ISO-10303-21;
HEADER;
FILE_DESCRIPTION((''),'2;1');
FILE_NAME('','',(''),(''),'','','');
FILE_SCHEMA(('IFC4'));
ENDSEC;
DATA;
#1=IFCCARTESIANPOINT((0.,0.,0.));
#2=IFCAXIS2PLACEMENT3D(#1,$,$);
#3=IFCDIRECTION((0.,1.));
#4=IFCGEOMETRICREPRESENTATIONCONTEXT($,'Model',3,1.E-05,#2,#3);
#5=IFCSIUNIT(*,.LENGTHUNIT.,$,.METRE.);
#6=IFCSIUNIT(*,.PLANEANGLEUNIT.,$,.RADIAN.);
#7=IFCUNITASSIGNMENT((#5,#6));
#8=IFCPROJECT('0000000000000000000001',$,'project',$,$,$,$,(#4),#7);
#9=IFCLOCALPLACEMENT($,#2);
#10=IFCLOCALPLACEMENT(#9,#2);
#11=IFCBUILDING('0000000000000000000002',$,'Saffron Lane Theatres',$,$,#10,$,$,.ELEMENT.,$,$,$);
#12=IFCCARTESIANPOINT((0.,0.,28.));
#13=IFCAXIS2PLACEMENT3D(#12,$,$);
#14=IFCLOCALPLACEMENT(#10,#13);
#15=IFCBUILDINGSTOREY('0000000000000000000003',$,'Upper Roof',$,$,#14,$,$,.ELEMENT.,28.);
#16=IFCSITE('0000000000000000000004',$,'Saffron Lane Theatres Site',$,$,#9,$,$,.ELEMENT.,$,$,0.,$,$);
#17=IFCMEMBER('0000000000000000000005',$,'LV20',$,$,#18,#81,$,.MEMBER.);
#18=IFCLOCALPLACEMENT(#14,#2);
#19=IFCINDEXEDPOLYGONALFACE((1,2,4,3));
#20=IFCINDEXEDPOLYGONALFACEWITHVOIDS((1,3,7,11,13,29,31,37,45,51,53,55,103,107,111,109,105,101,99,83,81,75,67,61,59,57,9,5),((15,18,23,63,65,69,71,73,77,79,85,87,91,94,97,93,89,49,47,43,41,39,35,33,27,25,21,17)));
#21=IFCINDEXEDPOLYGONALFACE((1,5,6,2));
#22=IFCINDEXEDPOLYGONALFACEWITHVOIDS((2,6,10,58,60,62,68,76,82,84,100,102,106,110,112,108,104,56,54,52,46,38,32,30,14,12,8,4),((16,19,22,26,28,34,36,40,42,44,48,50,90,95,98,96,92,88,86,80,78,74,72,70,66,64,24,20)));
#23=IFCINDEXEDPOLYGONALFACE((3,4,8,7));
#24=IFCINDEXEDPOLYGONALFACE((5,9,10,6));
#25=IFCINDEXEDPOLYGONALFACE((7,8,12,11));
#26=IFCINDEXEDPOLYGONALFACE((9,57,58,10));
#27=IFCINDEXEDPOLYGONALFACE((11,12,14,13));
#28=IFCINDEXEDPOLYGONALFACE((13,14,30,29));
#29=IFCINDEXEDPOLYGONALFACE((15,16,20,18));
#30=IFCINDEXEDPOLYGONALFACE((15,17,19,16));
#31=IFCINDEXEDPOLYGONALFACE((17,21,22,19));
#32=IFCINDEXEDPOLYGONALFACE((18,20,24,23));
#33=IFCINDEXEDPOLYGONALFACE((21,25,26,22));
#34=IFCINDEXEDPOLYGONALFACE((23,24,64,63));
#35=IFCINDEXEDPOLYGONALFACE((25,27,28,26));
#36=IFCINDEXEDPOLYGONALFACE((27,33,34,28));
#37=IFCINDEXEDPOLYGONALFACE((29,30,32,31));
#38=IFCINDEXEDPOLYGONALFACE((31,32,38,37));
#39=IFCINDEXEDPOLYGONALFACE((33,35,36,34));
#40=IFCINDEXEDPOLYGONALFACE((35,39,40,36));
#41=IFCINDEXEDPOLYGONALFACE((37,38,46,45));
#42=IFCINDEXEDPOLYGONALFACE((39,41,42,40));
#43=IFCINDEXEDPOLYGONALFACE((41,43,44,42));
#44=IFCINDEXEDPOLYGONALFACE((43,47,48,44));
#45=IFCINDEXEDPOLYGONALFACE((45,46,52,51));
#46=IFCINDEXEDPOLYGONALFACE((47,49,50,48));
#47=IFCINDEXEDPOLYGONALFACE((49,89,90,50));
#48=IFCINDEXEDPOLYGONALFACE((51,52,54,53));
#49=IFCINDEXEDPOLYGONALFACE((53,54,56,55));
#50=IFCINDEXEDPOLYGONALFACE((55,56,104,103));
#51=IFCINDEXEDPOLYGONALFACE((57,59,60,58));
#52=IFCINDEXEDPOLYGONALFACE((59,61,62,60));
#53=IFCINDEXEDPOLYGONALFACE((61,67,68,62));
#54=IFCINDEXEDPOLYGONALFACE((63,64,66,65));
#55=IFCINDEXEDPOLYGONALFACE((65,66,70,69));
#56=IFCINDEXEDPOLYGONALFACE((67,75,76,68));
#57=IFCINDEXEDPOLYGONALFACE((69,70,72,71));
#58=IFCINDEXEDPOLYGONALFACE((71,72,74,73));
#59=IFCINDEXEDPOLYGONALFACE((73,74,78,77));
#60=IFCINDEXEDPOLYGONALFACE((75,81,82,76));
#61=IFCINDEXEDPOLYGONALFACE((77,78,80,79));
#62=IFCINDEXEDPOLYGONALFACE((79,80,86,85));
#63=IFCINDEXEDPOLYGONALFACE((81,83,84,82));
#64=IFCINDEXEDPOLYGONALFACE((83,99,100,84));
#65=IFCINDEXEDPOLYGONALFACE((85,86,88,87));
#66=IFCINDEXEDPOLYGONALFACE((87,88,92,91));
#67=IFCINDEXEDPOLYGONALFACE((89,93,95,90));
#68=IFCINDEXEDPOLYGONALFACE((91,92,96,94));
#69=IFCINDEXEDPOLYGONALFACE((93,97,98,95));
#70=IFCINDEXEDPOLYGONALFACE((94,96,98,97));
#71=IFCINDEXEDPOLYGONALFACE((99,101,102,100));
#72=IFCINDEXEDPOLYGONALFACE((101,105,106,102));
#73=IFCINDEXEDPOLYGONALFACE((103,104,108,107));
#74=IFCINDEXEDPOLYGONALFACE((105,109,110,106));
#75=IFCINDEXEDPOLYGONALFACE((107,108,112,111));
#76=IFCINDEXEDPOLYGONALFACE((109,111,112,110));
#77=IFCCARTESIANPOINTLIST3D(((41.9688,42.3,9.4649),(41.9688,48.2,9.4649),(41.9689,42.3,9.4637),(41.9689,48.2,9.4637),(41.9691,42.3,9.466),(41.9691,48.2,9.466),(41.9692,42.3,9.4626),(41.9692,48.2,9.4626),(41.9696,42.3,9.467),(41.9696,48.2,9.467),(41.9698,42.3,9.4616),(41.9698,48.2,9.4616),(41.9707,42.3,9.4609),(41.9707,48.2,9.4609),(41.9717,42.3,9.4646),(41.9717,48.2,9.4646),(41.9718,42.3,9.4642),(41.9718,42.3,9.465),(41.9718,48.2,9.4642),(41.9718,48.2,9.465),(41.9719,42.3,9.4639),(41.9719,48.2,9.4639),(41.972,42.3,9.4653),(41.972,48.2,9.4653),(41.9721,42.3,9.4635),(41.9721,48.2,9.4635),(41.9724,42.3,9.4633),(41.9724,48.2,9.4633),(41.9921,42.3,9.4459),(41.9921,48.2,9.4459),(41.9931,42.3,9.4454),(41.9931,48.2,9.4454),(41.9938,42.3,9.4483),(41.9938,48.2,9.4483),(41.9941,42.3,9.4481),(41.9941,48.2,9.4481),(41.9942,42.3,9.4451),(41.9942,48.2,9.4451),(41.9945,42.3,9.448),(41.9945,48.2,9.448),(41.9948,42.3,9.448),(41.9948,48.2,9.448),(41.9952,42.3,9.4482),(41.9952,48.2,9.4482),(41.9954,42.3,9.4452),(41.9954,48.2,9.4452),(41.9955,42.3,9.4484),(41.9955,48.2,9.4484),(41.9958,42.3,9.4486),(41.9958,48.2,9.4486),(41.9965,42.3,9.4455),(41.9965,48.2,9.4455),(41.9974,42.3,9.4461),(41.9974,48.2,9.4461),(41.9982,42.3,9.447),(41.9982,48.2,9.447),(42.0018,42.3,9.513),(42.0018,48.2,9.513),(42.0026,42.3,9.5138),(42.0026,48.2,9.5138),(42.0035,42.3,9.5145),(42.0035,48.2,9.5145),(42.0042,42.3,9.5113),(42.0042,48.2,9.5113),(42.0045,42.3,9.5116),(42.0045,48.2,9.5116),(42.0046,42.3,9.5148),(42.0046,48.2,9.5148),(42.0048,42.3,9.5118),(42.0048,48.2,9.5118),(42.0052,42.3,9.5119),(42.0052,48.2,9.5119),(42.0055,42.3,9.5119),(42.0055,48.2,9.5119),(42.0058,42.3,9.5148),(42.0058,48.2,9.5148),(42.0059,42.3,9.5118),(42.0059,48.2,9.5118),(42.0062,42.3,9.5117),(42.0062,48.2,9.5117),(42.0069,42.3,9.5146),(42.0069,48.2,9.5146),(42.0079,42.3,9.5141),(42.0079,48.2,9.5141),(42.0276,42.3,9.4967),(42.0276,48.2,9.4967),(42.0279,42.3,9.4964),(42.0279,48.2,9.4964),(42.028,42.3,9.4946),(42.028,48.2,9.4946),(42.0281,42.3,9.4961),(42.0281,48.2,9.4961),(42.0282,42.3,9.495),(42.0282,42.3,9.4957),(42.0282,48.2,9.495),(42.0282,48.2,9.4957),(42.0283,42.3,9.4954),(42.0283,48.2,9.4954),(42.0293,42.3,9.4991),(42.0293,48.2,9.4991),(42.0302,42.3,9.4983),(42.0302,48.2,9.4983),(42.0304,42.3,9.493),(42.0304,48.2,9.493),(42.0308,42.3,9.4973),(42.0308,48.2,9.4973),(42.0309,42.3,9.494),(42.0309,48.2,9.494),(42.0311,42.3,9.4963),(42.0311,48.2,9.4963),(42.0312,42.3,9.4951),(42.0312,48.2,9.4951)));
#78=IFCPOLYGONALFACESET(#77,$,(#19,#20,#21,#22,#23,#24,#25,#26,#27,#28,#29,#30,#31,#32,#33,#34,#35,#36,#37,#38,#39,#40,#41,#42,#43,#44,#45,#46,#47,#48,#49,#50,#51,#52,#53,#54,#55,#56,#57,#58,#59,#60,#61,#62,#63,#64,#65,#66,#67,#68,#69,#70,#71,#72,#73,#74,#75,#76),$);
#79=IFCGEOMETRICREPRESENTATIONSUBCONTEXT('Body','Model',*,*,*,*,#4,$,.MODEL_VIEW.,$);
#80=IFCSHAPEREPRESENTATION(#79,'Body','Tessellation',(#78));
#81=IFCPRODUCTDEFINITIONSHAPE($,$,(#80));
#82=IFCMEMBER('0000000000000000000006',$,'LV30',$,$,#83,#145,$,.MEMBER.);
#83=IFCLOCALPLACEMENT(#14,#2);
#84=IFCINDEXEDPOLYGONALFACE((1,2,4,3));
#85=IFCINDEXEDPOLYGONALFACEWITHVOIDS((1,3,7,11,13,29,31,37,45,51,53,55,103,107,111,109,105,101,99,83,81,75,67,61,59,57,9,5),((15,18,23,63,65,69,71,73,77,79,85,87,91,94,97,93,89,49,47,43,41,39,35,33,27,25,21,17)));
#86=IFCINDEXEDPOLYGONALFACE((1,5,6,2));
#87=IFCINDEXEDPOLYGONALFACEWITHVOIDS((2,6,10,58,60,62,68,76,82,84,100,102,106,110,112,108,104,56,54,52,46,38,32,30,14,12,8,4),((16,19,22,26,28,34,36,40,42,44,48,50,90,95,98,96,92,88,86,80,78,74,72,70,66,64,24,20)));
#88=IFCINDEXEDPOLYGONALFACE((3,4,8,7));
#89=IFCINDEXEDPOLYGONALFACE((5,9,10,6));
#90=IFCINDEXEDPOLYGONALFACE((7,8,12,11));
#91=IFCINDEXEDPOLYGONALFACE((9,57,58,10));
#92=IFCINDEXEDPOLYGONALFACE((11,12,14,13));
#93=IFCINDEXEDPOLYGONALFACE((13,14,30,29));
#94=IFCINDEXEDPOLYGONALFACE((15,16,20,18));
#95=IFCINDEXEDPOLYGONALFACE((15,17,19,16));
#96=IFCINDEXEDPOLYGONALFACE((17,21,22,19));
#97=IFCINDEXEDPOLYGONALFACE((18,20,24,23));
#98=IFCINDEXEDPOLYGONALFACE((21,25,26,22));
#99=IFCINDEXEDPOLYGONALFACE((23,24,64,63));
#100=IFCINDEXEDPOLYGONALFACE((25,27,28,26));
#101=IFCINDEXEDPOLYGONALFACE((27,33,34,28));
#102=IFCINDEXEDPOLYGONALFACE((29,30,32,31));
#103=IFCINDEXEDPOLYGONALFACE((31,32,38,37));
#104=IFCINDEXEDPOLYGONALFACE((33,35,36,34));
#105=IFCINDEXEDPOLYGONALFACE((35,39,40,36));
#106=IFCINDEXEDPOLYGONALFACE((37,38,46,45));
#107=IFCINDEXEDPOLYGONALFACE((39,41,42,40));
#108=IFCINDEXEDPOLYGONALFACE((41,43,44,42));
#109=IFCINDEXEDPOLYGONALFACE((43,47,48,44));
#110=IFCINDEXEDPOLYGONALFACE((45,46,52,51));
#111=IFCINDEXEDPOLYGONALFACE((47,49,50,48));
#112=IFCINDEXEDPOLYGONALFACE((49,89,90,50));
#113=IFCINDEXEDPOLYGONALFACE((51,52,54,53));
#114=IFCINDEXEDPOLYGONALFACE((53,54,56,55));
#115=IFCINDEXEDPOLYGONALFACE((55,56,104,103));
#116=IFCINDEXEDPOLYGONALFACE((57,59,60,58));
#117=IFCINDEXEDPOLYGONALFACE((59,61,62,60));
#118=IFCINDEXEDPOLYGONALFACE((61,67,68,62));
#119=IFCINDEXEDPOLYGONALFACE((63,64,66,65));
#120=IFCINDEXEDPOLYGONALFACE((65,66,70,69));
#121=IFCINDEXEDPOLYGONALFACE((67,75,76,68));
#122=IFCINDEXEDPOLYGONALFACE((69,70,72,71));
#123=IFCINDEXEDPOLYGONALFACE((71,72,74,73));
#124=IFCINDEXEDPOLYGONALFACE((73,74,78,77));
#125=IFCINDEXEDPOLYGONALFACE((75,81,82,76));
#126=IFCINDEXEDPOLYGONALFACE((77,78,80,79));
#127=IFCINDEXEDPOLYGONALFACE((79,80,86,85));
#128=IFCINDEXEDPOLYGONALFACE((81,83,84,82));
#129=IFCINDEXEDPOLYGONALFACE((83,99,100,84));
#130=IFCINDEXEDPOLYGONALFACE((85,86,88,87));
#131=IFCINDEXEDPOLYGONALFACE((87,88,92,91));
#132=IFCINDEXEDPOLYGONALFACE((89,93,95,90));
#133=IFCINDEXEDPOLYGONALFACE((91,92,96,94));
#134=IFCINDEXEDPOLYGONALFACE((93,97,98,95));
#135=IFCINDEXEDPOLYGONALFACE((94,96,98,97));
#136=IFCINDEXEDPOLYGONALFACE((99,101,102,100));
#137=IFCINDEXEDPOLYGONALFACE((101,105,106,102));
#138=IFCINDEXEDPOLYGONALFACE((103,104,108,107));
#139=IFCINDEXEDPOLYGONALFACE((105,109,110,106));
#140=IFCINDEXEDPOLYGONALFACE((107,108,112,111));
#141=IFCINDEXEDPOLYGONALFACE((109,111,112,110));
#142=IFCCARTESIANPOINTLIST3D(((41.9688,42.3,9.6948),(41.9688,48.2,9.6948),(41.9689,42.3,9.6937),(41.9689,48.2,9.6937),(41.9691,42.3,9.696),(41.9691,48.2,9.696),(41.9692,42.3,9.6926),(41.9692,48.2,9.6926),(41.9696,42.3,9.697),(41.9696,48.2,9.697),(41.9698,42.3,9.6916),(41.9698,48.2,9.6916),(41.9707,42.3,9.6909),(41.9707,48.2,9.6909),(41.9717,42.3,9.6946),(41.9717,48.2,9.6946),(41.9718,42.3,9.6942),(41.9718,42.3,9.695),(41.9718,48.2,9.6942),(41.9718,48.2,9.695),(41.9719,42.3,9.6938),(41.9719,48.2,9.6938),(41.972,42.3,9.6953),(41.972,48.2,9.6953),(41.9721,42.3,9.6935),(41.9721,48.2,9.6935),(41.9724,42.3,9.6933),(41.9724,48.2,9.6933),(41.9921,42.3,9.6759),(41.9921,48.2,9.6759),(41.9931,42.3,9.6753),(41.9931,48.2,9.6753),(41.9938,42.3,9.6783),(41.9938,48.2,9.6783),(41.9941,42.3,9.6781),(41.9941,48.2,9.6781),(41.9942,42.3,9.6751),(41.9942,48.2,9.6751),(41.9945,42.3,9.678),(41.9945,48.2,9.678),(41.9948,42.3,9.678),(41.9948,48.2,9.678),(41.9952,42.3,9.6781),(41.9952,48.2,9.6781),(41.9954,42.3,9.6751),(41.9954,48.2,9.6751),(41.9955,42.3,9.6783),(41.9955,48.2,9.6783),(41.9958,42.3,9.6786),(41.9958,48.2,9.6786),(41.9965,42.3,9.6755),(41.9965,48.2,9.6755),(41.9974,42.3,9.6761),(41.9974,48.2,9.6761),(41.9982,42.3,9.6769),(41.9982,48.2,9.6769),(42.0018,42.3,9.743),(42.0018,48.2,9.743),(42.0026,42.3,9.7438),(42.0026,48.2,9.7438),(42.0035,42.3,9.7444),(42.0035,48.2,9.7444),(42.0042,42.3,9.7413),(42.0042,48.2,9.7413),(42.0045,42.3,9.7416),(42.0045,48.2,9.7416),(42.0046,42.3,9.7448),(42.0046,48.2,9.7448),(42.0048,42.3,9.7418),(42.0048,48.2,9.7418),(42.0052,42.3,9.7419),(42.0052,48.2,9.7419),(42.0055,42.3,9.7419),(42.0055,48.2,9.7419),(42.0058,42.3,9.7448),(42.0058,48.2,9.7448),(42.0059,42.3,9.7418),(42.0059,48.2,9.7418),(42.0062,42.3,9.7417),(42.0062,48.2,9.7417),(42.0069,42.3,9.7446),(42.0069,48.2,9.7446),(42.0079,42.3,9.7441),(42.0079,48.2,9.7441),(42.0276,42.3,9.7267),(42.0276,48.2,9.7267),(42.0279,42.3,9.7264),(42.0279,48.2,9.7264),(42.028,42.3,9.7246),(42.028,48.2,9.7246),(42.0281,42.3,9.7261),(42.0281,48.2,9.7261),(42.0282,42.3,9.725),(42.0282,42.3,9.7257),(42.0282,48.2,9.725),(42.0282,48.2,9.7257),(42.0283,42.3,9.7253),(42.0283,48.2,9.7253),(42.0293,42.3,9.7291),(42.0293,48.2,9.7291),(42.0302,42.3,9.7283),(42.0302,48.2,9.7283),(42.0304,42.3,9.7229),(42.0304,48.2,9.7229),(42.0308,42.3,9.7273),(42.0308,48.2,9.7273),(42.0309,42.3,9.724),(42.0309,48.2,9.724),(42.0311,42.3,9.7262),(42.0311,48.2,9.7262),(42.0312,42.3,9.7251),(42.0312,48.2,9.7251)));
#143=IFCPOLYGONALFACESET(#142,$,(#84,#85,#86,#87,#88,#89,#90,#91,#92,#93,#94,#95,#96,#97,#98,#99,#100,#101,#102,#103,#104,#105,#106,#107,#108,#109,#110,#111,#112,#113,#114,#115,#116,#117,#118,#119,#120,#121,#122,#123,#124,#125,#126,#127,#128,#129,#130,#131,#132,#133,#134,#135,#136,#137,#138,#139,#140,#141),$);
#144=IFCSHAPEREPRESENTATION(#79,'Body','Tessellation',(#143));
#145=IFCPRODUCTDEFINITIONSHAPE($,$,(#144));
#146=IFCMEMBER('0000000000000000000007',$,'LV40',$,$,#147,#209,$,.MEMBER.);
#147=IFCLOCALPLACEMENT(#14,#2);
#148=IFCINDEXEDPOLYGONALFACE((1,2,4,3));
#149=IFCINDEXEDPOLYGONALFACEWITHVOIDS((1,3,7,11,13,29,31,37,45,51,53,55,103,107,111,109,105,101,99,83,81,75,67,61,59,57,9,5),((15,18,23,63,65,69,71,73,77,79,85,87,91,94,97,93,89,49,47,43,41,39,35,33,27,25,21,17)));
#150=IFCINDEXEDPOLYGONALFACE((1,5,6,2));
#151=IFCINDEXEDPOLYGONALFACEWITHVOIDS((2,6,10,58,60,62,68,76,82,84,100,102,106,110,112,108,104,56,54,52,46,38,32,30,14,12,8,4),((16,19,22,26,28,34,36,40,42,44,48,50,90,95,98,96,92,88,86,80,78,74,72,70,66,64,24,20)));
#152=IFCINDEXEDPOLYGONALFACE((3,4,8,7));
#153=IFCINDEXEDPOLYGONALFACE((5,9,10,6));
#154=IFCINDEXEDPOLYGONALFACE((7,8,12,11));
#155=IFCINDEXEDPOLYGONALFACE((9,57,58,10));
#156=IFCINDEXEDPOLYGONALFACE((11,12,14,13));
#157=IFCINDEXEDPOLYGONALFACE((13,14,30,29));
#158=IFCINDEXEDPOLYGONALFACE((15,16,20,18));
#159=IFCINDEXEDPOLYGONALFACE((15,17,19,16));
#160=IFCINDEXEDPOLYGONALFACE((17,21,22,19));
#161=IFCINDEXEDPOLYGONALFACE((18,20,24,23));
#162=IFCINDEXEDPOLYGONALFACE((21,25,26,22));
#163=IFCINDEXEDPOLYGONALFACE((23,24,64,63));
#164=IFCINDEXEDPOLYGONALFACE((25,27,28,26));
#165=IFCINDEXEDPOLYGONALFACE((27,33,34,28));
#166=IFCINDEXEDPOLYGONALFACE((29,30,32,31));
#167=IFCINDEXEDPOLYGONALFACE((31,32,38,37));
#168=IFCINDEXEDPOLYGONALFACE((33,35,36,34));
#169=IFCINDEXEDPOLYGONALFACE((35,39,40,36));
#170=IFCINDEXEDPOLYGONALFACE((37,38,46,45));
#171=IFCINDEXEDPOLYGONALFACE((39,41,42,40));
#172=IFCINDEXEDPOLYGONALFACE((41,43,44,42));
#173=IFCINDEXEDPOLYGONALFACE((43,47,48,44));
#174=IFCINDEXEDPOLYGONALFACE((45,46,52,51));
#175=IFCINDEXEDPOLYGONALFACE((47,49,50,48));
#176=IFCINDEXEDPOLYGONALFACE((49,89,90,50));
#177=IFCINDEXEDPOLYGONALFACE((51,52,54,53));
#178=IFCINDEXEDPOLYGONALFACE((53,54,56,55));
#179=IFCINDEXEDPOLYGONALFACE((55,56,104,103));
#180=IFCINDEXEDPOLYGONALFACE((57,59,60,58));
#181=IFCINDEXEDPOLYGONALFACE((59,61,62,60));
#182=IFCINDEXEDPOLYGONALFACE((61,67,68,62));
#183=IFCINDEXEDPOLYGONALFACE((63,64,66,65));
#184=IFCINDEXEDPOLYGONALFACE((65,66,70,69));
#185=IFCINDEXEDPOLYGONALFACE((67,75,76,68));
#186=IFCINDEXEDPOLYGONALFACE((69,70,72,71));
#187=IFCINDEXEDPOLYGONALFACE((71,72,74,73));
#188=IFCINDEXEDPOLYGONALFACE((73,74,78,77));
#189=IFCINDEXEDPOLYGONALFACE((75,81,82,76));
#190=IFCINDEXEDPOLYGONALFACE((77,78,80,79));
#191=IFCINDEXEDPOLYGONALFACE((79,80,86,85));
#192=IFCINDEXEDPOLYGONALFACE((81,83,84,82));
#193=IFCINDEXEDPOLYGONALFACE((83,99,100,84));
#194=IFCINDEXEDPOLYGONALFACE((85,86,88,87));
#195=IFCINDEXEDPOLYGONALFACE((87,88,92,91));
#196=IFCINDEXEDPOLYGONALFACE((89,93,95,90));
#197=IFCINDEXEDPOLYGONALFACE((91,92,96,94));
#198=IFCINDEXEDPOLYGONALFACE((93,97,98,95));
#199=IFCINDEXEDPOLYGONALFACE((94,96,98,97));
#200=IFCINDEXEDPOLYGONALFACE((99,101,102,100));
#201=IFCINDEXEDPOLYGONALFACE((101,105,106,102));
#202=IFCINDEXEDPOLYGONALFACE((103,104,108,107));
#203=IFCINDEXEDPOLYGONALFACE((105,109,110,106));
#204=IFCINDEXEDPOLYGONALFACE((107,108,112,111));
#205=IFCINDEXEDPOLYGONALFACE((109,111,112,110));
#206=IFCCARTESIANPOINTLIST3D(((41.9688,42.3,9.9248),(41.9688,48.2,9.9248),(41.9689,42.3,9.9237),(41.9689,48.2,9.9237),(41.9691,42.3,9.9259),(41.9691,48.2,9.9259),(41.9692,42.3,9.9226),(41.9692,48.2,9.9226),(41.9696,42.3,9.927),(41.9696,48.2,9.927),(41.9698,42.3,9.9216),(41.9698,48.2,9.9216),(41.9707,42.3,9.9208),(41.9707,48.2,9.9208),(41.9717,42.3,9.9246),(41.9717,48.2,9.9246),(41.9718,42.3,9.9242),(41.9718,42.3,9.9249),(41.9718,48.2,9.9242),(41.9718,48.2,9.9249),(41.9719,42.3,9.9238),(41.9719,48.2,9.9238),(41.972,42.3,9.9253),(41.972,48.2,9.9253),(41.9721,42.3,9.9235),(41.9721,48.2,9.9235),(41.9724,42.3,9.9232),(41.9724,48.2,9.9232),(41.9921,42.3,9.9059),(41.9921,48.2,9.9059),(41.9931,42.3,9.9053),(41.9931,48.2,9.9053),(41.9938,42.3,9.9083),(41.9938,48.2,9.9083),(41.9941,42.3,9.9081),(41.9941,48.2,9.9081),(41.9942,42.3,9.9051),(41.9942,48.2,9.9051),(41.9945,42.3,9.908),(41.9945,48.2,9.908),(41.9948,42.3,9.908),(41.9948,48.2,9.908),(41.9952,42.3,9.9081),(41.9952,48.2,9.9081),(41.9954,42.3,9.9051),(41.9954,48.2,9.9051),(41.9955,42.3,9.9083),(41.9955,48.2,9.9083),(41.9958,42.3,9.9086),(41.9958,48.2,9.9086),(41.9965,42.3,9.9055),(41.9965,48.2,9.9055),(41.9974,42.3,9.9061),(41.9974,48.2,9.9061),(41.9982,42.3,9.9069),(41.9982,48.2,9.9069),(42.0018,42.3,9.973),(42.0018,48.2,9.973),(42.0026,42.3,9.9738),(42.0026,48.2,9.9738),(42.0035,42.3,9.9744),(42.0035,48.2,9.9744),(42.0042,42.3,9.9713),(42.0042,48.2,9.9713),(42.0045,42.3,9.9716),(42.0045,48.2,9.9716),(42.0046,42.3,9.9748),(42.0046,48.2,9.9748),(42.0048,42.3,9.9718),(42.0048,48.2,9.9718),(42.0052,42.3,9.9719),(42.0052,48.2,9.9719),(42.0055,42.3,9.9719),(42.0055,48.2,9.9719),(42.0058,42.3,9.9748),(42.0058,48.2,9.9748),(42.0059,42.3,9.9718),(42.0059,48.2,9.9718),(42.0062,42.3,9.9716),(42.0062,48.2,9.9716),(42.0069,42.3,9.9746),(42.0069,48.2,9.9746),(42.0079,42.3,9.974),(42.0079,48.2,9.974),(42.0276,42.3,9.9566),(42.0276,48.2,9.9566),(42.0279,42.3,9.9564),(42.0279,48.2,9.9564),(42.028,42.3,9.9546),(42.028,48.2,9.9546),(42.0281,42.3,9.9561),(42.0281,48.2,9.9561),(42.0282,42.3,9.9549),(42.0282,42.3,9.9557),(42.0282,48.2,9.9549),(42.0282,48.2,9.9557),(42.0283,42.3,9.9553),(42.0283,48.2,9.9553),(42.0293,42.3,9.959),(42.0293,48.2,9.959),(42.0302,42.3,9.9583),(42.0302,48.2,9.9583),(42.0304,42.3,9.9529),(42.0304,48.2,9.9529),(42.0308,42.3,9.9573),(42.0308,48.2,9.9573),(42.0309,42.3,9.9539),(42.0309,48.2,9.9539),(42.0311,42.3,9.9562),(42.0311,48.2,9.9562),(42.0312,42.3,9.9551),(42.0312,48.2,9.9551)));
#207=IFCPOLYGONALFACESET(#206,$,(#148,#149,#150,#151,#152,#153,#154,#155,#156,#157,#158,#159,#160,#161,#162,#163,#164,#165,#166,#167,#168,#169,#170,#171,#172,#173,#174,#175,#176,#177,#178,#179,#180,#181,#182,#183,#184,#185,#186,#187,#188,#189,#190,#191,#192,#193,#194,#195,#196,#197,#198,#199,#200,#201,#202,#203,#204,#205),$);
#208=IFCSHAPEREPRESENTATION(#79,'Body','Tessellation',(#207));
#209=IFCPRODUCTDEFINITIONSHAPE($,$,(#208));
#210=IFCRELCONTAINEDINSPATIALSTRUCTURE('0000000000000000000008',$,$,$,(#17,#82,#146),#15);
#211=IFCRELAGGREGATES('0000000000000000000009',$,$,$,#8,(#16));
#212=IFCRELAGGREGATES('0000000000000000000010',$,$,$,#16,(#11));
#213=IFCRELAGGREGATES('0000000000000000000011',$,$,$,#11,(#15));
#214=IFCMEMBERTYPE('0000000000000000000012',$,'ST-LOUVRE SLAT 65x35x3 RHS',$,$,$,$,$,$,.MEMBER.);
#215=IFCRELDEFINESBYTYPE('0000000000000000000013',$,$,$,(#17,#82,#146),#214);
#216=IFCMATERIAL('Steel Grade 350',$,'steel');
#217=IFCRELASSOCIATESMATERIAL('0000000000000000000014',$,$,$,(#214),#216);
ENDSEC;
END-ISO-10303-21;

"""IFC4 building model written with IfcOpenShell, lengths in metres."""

from ifc_helpers import new_model, si_unit, direction, frame, origin, origin_2d, place, context, subcontext, project, spatial, hollow_rectangle, extrude, material, material_profile, profile_set, type_object, element, save


model = new_model("IFC4")

# Units and contexts
model_context = context("Model", 3, precision=1e-05, world=origin(), true_north=direction((0.0, 1.0)))
body_context = subcontext(model_context, "Body", "Model", "MODEL_VIEW")
ifc_project = project(units=[si_unit("LENGTHUNIT", "METRE"), si_unit("PLANEANGLEUNIT", "RADIAN")], contexts=[model_context])

# Site, building, storey
site_placement = place(None, origin())
site = spatial("IfcSite", under=ifc_project, at=site_placement, Name="Saffron Lane Theatres Site", CompositionType="ELEMENT", RefElevation=0.0)
building_placement = place(site_placement, origin())
building = spatial("IfcBuilding", under=site, at=building_placement, Name="Saffron Lane Theatres", CompositionType="ELEMENT")
storey_placement = place(building_placement, frame((0.0, 0.0, 28.0)))
storey = spatial("IfcBuildingStorey", under=building, at=storey_placement, Name="Upper Roof", CompositionType="ELEMENT", Elevation=28.0)

# Members
ifc_material_1 = material(Name="Steel Grade 350", Category="steel")
ifc_material_profile_1 = material_profile(ifc_material_1, hollow_rectangle(XDim=0.0349, YDim=0.0649, WallThickness=0.0029, InnerFilletRadius=0.0015, OuterFilletRadius=0.0044, at=origin_2d()))
ifc_profile_set_1 = profile_set([ifc_material_profile_1], Name="Steel Grade 350")
member_type_1 = type_object("IfcMemberType", Name="ST-LOUVRE SLAT 65x35x3 RHS", PredefinedType="MEMBER", material=ifc_profile_set_1)
for number, where, z_axis, x_axis, name in (
    (1, (42.0, 42.3, 9.48), (0.0, 1.0, 0.0), (-0.819152, 0.0, 0.573576), "LV20"),
    (2, (42.0, 42.3, 9.71), (0.0, 1.0, 0.0), (-0.819152, 0.0, 0.573576), "LV30"),
    (3, (42.0, 42.3, 9.9399), (0.0, 1.0, 0.0), (-0.819152, 0.0, 0.573576), "LV40"),
):
    element("IfcMember", number, at=place(storey_placement, frame(where, z_axis=z_axis, x_axis=x_axis)), inside=storey, type_object=member_type_1, Name=name, PredefinedType="MEMBER", context=body_context, shape_type="SweptSolid", body=[
        extrude(hollow_rectangle(XDim=0.0349, YDim=0.0649, WallThickness=0.0029, InnerFilletRadius=0.0015, OuterFilletRadius=0.0044, at=origin_2d()), origin(), (0.0, 0.0, 1.0), 5.8999),
    ])

save(model, "model.ifc")
